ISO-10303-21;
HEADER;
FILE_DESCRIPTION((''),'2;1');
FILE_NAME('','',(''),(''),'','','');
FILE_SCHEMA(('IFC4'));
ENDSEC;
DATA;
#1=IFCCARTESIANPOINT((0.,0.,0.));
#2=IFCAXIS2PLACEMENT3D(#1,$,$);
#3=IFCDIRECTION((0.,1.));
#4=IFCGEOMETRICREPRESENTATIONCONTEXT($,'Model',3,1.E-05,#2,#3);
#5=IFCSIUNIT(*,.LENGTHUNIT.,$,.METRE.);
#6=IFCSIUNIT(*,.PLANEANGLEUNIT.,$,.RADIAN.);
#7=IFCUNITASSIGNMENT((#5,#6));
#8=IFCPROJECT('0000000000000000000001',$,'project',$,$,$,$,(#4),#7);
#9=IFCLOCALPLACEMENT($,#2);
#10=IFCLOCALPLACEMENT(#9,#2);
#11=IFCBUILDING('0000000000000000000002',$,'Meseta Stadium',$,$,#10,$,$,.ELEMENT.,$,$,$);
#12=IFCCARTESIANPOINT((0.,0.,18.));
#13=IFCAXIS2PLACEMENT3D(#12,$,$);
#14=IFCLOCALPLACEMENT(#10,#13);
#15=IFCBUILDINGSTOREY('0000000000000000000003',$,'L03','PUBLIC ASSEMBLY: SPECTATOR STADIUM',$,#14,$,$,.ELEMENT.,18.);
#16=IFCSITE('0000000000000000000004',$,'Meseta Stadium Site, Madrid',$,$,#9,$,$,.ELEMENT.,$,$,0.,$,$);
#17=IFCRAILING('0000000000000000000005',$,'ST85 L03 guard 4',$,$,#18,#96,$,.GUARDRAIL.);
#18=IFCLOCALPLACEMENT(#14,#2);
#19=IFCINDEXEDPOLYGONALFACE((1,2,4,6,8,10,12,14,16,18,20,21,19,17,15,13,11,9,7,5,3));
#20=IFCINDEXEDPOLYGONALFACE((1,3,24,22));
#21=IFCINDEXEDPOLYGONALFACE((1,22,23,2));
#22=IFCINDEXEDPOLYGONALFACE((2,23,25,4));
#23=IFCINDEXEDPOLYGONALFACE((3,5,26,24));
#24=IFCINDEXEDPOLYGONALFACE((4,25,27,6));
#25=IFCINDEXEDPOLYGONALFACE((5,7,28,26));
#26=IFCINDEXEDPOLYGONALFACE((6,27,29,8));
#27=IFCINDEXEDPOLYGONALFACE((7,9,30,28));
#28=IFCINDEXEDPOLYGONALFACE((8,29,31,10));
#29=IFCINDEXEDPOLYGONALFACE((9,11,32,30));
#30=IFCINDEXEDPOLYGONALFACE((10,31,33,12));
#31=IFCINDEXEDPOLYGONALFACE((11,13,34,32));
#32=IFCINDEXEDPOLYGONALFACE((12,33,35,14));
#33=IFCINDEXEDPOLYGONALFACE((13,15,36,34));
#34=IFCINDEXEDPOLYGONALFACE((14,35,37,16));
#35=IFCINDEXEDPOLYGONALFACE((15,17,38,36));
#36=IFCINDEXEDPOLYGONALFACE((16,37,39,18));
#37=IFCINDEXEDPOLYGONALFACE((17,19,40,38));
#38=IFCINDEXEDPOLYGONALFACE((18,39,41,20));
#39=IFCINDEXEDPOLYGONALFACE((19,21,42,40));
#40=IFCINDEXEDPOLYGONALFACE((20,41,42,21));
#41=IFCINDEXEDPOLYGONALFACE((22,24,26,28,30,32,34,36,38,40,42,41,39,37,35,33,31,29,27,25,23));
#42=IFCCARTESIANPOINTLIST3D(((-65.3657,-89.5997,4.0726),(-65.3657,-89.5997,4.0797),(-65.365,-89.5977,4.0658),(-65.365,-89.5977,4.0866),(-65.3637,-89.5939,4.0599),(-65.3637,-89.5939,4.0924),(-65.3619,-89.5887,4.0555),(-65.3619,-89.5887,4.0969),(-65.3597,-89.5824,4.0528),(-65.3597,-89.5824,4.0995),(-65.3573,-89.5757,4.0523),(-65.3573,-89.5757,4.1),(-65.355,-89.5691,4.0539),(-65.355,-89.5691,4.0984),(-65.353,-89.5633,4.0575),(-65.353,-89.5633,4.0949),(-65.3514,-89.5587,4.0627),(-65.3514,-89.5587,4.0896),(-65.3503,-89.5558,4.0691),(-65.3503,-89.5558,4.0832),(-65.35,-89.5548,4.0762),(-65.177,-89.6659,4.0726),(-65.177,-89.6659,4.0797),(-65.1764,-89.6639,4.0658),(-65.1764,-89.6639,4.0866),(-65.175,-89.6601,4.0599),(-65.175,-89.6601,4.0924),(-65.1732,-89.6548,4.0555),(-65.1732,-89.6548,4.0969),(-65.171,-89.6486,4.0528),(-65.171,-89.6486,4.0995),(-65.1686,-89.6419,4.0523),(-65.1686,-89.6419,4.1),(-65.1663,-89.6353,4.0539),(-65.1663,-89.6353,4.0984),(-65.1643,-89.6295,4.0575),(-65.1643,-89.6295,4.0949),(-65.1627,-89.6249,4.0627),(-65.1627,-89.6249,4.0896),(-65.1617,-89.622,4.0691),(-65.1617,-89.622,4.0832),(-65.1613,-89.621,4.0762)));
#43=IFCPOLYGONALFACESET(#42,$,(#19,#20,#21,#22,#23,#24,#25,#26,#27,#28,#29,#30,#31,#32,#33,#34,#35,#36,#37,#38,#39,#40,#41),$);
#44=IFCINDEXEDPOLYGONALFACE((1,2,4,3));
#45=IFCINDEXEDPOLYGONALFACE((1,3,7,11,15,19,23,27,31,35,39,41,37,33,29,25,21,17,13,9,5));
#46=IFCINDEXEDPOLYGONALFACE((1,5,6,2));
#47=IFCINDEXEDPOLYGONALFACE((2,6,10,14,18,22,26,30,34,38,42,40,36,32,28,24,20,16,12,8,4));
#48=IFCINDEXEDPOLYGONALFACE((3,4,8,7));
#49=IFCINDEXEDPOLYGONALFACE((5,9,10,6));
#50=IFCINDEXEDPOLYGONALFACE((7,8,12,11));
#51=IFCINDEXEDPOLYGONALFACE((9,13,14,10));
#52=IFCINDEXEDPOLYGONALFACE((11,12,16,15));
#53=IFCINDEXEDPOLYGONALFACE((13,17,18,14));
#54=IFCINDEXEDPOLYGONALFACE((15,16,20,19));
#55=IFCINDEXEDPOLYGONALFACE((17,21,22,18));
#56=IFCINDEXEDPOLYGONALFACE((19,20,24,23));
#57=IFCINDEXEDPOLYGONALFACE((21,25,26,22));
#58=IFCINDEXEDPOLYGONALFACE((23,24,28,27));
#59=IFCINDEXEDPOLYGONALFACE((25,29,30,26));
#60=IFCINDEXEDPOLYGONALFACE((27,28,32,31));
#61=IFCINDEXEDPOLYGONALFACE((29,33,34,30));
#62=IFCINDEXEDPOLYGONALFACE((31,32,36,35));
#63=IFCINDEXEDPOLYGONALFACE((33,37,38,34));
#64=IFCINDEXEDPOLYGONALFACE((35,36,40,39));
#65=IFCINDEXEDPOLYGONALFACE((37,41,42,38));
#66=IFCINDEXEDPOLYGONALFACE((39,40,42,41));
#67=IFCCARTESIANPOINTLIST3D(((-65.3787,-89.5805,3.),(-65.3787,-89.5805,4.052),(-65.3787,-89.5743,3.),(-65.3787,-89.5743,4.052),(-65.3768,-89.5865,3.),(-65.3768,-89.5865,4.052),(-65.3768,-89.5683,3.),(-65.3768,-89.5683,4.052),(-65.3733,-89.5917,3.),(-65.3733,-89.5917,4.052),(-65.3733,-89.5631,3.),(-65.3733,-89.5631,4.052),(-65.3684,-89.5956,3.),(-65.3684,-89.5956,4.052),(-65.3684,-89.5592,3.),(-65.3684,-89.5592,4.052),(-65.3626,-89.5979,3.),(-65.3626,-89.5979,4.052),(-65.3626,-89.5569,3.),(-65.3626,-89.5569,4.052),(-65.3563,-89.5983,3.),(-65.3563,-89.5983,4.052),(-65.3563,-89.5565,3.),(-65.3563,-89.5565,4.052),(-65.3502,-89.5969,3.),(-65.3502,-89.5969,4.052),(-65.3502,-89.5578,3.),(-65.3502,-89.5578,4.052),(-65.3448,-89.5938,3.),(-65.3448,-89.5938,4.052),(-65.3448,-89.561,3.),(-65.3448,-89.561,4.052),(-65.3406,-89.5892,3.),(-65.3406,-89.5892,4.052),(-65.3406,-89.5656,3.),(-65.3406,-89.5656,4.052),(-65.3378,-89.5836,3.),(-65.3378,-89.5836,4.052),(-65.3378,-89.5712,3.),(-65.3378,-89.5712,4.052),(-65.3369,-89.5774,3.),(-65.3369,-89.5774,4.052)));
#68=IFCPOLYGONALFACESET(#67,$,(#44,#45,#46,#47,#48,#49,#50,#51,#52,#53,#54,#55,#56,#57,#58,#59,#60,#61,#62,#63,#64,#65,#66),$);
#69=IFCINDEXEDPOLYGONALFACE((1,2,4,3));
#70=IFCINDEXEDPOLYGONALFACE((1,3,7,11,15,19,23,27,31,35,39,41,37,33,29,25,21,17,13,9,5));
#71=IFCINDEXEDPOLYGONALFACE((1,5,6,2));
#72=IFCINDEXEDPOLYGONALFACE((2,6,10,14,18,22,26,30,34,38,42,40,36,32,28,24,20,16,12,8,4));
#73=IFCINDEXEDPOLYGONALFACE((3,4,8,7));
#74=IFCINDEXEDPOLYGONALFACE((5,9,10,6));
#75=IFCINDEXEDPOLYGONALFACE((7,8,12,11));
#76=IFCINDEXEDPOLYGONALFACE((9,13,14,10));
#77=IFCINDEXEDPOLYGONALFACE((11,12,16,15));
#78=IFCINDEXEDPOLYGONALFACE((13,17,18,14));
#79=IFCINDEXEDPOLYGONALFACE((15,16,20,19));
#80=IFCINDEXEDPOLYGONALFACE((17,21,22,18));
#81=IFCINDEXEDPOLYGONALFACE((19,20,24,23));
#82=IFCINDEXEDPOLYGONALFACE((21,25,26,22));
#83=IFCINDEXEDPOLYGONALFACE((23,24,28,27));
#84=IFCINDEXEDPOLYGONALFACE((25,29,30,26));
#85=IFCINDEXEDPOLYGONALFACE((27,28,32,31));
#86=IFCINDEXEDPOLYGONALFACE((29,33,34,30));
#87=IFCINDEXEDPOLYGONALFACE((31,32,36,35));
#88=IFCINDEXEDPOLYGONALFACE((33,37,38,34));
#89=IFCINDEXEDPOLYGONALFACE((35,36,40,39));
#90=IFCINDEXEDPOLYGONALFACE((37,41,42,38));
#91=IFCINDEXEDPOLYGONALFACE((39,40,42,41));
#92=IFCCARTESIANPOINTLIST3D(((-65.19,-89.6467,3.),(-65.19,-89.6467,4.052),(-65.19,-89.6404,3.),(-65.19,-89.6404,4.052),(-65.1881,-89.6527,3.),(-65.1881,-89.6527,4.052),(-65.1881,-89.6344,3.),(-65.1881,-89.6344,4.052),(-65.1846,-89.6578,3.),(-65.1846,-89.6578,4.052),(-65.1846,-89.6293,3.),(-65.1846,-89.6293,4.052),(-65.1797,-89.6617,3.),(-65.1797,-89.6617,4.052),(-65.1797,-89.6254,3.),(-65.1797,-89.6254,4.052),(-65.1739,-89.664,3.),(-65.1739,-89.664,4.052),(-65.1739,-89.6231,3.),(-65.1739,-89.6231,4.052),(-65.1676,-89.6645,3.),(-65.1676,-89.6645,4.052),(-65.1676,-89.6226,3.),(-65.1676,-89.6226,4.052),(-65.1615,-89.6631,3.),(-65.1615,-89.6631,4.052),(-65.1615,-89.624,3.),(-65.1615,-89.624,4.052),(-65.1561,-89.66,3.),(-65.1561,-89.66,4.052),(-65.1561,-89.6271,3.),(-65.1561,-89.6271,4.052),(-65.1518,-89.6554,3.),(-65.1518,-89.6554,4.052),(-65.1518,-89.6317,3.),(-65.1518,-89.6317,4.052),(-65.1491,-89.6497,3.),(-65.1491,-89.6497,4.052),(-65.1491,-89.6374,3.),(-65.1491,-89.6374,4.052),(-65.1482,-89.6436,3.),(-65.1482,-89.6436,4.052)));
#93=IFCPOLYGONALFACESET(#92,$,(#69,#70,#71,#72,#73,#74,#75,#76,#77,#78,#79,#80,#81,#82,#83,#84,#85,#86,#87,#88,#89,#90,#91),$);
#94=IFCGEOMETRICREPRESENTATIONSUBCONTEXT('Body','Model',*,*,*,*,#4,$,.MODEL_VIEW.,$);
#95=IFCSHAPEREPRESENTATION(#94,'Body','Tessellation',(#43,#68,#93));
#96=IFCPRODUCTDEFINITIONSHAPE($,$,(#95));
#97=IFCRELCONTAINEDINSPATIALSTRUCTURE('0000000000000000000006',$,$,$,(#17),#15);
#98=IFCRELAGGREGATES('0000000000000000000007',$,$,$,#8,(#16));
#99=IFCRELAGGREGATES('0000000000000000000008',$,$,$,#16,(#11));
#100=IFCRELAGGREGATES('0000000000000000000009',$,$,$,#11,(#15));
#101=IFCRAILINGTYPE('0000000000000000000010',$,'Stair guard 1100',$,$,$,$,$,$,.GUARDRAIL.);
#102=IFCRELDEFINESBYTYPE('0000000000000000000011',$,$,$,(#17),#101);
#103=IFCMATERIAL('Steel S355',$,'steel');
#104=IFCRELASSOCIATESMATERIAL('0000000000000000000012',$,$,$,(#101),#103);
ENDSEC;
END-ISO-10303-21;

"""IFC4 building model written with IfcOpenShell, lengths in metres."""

from ifc_helpers import new_model, si_unit, direction, frame, origin, origin_2d, place, context, subcontext, project, spatial, circle, extrude, material, type_object, element, save


model = new_model("IFC4")

# Units and contexts
model_context = context("Model", 3, precision=1e-05, world=origin(), true_north=direction((0.0, 1.0)))
body_context = subcontext(model_context, "Body", "Model", "MODEL_VIEW")
ifc_project = project(units=[si_unit("LENGTHUNIT", "METRE"), si_unit("PLANEANGLEUNIT", "RADIAN")], contexts=[model_context])

# Site, building, storey
site_placement = place(None, origin())
site = spatial("IfcSite", under=ifc_project, at=site_placement, Name="Meseta Stadium Site, Madrid", CompositionType="ELEMENT", RefElevation=0.0)
building_placement = place(site_placement, origin())
building = spatial("IfcBuilding", under=site, at=building_placement, Name="Meseta Stadium", CompositionType="ELEMENT")
storey_placement = place(building_placement, frame((0.0, 0.0, 18.0)))
storey = spatial("IfcBuildingStorey", under=building, at=storey_placement, Name="L03", Description="PUBLIC ASSEMBLY: SPECTATOR STADIUM", CompositionType="ELEMENT", Elevation=18.0)

# Railing
ifc_material_1 = material(Name="Steel S355", Category="steel")
railing_type_1 = type_object("IfcRailingType", Name="Stair guard 1100", PredefinedType="GUARDRAIL", material=ifc_material_1)
railing_1_placement = place(storey_placement, frame((-65.3579, -89.5774, 3.0)))
element("IfcRailing", 1, at=railing_1_placement, inside=storey, type_object=railing_type_1, Name="ST85 L03 guard 4", PredefinedType="GUARDRAIL", context=body_context, shape_type="SweptSolid", body=[
    extrude(circle(Radius=0.0239, at=origin_2d()), frame((0.0, 0.0, 1.0762), z_axis=(0.943687, -0.33084, 0.0), x_axis=(0.33084, 0.943687, 0.0)), (0.0, 0.0, 1.0), 0.2),
    extrude(circle(Radius=0.021, at=origin_2d()), origin(), (0.0, 0.0, 1.0), 1.052),
    extrude(circle(Radius=0.021, at=origin_2d()), frame((0.1887, -0.0662, 0.0)), (0.0, 0.0, 1.0), 1.052),
])

save(model, "model.ifc")
